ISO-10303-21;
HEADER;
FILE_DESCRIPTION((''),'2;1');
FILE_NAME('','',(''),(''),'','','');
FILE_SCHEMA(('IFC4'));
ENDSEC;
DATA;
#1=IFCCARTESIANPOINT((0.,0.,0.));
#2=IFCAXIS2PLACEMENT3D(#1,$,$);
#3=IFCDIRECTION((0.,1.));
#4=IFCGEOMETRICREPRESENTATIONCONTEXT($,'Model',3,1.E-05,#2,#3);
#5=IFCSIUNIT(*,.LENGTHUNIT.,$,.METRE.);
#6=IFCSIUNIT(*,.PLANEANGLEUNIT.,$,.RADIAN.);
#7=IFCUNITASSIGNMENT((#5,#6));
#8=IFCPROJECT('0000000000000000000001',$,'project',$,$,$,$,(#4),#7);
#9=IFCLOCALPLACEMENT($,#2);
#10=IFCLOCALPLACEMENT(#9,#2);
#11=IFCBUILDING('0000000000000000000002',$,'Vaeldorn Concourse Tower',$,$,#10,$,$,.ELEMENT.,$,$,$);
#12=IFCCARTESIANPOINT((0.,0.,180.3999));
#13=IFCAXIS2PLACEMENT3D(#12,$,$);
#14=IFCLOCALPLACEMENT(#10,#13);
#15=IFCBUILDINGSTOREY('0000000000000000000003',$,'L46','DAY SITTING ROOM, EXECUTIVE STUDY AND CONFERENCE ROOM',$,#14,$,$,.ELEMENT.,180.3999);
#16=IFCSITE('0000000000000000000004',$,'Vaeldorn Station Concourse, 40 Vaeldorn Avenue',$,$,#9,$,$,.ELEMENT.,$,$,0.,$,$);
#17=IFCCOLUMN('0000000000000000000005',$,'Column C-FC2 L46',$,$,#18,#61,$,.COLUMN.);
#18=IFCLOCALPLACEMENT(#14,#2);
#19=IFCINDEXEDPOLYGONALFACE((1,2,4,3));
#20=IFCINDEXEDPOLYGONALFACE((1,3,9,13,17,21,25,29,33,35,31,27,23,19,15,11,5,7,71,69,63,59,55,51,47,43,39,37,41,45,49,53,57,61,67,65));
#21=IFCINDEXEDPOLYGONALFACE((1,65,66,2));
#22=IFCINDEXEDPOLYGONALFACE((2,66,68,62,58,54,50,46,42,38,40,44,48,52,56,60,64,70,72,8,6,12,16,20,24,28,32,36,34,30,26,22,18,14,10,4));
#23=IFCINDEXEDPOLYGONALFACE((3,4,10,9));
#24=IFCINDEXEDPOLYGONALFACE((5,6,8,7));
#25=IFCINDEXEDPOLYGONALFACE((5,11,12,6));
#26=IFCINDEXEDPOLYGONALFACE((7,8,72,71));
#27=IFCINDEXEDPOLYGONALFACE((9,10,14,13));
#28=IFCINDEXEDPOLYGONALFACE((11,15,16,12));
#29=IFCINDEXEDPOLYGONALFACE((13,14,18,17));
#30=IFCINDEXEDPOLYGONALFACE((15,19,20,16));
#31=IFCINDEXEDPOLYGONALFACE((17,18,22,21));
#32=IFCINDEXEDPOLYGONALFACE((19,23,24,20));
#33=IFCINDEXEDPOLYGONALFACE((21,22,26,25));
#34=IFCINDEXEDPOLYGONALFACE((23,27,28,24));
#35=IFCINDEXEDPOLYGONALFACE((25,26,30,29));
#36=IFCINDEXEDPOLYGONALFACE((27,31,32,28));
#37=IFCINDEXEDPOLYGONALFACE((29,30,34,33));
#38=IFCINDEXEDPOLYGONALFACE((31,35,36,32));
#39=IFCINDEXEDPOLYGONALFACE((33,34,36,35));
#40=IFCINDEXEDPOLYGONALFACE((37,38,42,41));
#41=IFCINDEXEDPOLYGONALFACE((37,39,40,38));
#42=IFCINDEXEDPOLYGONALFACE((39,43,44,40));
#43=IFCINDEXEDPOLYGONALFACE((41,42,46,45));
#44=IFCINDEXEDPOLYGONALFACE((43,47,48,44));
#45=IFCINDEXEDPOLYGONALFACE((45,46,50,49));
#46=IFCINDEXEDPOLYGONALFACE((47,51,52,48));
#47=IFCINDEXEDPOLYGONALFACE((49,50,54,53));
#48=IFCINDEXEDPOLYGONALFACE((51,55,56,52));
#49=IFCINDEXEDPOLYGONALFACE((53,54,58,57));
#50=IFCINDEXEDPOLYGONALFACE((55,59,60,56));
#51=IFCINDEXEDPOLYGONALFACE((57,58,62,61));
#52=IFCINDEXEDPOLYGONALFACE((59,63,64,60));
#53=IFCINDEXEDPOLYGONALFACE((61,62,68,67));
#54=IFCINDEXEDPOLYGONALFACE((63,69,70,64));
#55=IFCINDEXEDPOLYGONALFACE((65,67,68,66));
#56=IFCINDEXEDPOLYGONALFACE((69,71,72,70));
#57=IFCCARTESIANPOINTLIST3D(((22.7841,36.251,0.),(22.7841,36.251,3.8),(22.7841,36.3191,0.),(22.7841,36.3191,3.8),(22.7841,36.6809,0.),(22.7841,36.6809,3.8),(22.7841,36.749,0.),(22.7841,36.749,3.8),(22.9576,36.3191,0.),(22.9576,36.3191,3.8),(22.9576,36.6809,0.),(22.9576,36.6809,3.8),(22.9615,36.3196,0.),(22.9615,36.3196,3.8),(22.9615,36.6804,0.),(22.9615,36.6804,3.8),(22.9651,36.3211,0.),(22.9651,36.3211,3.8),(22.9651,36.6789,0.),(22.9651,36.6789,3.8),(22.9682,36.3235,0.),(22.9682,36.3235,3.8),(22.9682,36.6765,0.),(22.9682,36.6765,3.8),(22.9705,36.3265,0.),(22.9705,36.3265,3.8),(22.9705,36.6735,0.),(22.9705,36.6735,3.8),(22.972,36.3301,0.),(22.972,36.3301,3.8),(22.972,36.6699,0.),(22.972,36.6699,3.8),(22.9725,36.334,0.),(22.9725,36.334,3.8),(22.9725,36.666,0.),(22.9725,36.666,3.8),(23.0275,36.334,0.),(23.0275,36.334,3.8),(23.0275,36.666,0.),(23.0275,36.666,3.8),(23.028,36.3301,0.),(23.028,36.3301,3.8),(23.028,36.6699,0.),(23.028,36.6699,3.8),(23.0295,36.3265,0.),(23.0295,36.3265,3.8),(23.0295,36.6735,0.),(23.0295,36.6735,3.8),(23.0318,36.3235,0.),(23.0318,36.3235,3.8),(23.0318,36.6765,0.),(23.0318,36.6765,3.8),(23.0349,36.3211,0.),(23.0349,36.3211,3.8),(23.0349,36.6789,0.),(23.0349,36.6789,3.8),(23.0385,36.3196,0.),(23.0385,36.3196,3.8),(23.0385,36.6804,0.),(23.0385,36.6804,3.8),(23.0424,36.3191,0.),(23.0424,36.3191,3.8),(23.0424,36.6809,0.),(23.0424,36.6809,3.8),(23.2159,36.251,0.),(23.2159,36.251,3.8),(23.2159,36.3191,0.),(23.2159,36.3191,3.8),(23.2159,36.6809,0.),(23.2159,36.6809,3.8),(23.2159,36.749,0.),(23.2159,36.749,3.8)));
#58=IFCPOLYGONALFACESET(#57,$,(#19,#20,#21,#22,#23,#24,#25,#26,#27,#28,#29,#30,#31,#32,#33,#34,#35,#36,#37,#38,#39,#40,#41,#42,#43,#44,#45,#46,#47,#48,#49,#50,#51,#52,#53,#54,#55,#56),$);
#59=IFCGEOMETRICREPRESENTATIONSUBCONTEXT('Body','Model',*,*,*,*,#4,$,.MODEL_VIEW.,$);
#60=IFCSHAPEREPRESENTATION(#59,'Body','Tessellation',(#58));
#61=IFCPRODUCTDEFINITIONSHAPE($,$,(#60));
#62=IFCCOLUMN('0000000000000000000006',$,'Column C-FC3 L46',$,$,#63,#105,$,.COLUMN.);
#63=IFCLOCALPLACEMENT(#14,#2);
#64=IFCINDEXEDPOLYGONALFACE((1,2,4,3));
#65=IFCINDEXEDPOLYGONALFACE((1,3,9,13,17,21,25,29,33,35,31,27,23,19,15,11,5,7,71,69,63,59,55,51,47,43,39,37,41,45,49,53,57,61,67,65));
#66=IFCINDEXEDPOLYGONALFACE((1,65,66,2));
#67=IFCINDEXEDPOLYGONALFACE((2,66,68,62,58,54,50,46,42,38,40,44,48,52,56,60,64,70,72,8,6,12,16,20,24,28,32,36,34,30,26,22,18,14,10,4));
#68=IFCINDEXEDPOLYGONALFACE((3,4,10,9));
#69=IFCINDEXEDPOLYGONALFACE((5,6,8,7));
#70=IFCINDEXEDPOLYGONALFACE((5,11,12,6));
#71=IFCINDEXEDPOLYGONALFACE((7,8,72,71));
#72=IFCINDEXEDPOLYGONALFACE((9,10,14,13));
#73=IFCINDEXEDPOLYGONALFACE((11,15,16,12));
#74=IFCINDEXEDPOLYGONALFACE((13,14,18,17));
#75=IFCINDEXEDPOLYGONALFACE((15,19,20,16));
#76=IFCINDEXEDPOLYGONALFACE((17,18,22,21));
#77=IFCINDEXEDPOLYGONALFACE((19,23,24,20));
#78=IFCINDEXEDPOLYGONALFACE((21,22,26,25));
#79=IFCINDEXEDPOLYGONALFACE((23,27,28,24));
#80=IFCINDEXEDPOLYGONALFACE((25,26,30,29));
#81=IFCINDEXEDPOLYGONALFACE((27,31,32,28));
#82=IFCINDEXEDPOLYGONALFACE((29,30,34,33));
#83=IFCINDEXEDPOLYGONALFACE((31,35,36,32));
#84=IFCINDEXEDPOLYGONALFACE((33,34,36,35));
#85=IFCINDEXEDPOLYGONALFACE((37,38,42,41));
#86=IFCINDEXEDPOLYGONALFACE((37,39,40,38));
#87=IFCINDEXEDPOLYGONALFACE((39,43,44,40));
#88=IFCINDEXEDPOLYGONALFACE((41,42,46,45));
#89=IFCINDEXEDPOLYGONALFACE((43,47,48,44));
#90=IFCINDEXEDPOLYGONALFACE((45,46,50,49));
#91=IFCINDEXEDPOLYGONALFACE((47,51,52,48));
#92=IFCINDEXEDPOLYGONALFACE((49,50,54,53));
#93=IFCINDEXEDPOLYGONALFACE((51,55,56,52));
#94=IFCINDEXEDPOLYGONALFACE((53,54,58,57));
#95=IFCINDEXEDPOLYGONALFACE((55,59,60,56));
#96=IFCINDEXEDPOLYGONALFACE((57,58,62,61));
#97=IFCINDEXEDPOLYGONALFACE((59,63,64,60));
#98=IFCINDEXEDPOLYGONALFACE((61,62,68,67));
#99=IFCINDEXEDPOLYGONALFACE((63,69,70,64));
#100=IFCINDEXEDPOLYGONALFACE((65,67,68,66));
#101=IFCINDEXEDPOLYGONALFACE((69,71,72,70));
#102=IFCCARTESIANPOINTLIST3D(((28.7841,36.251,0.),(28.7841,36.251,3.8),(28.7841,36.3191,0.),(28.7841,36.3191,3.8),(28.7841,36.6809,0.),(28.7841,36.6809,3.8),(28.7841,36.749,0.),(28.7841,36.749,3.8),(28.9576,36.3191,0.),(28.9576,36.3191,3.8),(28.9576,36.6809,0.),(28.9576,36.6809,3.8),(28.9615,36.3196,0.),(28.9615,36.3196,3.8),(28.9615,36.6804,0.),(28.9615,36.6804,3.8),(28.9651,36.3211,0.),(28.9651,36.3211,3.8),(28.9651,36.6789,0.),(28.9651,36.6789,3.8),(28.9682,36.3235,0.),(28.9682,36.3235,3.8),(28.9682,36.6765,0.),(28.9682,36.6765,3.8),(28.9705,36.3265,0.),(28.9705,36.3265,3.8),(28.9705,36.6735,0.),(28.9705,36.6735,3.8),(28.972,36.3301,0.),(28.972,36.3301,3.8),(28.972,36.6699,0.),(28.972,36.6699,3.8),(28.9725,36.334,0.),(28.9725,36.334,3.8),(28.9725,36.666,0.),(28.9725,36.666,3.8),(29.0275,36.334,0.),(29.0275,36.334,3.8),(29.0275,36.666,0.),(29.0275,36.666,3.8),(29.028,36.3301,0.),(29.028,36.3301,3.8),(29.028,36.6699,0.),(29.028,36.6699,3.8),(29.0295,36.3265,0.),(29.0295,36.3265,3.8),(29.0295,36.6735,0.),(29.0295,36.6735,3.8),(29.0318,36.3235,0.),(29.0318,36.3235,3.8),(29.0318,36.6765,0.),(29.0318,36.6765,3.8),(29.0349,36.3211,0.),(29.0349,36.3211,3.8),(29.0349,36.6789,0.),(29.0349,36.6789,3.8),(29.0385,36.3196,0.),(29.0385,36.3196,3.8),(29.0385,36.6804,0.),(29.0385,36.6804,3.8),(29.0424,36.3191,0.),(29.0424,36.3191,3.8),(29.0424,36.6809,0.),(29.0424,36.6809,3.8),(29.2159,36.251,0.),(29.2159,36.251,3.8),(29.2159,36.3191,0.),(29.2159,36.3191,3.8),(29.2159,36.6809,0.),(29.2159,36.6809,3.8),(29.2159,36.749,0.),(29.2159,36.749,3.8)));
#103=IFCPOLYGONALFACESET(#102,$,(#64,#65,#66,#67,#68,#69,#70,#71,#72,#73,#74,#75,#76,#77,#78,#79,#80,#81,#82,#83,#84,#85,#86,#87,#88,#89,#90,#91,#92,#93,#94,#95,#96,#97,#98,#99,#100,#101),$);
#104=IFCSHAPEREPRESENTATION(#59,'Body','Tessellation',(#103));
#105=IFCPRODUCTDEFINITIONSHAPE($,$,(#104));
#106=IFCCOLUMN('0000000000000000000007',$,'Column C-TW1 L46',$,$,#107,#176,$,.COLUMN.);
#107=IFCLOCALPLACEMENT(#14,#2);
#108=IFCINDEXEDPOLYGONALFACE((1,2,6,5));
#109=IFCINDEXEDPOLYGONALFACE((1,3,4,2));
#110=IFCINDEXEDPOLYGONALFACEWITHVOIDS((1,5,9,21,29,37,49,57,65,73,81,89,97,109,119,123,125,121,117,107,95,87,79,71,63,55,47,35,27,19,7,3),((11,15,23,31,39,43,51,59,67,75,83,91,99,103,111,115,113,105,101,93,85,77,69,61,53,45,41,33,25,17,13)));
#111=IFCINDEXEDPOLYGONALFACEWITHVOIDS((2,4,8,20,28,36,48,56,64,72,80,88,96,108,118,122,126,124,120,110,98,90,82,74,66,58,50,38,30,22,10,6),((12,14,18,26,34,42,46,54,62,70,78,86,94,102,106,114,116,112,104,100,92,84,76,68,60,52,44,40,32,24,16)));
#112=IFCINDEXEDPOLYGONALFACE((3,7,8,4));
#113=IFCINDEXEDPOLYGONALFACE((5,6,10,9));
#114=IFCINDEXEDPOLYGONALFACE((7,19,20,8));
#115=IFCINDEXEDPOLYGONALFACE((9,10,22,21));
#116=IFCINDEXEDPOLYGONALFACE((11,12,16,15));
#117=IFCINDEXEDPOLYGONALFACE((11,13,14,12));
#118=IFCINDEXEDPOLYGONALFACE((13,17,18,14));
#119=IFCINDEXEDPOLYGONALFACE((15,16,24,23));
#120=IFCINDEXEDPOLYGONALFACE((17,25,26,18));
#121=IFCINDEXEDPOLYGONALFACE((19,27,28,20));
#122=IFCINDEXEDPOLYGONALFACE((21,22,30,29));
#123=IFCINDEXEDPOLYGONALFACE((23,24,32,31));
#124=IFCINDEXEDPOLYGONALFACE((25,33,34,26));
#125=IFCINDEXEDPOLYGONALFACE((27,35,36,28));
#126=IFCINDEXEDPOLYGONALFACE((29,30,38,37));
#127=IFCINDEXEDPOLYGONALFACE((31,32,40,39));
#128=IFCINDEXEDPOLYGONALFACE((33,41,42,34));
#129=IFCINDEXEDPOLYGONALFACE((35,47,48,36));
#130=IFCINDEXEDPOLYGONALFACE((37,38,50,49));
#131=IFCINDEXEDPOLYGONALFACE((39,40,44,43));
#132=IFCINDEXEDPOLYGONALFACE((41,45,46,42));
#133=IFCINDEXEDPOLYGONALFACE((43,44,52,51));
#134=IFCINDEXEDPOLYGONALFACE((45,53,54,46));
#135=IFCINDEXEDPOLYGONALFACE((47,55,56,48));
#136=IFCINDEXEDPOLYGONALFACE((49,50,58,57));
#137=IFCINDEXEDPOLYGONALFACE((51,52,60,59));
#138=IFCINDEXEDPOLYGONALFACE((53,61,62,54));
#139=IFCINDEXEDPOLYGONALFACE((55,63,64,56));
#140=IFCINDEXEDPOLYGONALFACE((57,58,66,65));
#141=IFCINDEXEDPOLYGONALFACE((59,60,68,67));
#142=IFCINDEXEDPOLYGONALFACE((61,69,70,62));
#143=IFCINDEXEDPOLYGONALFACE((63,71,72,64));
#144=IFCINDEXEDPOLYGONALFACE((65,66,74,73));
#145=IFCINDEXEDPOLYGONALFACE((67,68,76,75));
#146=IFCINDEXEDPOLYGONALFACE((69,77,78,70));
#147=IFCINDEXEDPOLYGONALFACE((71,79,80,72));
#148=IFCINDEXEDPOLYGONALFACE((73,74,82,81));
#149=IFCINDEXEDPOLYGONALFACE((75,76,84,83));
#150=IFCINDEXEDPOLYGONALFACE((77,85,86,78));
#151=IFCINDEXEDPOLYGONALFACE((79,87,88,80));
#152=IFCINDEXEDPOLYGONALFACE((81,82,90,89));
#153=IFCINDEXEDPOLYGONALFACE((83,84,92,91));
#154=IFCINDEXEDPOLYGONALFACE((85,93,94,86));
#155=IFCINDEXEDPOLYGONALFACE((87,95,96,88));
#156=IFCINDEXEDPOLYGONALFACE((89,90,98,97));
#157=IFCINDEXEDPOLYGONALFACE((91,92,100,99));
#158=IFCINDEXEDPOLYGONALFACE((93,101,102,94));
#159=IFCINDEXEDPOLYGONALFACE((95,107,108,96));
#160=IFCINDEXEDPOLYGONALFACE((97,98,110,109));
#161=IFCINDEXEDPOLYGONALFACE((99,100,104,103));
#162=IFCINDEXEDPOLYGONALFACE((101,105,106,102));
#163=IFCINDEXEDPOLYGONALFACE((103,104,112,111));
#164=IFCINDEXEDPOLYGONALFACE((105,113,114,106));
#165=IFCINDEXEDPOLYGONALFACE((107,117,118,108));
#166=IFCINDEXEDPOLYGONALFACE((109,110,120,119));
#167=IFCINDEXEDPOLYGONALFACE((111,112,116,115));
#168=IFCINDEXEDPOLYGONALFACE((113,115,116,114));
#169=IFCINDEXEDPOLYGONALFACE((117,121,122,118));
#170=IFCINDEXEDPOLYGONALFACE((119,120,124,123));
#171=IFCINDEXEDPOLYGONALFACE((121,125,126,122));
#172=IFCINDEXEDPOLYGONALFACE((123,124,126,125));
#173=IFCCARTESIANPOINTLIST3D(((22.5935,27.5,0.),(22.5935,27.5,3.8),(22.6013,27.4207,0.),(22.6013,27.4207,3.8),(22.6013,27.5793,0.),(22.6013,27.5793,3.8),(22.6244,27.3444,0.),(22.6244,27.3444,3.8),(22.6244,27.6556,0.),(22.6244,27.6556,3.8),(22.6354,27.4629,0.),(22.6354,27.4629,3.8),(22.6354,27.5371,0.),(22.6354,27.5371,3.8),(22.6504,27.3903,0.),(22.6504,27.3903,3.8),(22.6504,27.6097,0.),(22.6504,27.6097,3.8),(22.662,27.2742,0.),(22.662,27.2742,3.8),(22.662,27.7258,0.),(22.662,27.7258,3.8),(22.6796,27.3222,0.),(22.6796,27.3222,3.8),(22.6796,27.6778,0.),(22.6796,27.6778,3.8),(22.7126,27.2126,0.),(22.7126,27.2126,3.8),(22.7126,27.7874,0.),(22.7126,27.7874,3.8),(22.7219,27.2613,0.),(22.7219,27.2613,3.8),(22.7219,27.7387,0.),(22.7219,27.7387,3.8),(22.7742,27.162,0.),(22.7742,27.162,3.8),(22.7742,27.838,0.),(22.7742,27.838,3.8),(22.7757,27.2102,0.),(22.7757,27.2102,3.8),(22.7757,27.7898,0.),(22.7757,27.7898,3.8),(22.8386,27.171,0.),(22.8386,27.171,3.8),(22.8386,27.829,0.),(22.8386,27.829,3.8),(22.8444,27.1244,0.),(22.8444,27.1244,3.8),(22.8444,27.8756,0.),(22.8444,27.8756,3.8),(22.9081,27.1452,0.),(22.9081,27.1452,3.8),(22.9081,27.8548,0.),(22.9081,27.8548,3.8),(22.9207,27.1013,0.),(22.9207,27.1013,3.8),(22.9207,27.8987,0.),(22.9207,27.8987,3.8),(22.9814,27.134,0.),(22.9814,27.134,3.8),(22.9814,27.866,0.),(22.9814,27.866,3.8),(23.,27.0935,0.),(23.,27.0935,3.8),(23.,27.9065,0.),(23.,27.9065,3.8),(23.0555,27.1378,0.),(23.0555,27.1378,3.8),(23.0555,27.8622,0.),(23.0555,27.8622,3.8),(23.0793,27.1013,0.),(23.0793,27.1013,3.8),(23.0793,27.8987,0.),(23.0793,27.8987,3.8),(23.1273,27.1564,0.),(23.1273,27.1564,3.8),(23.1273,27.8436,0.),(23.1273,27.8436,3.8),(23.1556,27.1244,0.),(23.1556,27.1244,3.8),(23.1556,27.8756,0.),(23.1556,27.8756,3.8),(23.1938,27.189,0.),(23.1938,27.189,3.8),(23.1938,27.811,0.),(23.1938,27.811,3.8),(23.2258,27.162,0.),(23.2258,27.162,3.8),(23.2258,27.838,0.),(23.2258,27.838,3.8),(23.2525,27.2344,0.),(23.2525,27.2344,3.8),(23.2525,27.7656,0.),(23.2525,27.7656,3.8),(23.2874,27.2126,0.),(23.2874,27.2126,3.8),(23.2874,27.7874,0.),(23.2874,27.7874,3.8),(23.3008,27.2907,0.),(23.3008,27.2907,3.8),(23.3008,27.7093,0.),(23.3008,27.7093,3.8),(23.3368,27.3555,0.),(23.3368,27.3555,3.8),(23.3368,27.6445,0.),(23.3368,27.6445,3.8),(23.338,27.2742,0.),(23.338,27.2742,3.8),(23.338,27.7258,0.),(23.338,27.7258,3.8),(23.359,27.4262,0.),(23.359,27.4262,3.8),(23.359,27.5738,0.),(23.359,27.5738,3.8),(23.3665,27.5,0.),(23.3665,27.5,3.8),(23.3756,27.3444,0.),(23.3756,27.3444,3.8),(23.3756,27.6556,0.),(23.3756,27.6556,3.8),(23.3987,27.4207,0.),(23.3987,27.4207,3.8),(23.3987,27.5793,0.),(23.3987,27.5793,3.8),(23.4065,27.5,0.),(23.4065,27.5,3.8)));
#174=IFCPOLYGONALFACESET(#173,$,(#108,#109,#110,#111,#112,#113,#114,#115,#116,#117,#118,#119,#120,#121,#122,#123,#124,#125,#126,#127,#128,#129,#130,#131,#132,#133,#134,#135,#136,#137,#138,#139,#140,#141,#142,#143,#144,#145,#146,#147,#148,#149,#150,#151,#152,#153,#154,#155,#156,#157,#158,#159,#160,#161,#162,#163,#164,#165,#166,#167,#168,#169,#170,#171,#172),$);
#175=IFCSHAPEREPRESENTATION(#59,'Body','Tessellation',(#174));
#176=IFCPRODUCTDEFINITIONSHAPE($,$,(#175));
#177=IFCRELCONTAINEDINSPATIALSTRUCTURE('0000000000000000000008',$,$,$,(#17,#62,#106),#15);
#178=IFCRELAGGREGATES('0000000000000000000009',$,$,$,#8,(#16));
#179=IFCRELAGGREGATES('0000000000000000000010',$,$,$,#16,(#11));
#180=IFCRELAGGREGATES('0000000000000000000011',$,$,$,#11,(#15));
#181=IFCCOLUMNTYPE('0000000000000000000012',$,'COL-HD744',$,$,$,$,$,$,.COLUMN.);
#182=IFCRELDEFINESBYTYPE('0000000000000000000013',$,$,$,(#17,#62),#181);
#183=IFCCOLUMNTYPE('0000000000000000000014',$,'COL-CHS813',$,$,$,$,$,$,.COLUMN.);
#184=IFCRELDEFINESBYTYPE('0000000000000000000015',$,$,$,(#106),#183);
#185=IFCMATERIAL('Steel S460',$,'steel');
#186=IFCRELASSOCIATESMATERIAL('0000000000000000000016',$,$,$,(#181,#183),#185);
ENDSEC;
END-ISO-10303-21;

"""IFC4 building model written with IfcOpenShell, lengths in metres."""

from ifc_helpers import new_model, si_unit, direction, frame, origin, origin_2d, place, context, subcontext, project, spatial, hollow_circle, i_section, extrude, source, transform, mapped, material, material_profile, profile_set, type_object, element, save


model = new_model("IFC4")

# Units and contexts
model_context = context("Model", 3, precision=1e-05, world=origin(), true_north=direction((0.0, 1.0)))
body_context = subcontext(model_context, "Body", "Model", "MODEL_VIEW")
ifc_project = project(units=[si_unit("LENGTHUNIT", "METRE"), si_unit("PLANEANGLEUNIT", "RADIAN")], contexts=[model_context])

# Site, building, storey
site_placement = place(None, origin())
site = spatial("IfcSite", under=ifc_project, at=site_placement, Name="Vaeldorn Station Concourse, 40 Vaeldorn Avenue", CompositionType="ELEMENT", RefElevation=0.0)
building_placement = place(site_placement, origin())
building = spatial("IfcBuilding", under=site, at=building_placement, Name="Vaeldorn Concourse Tower", CompositionType="ELEMENT")
storey_placement = place(building_placement, frame((0.0, 0.0, 180.3999)))
storey = spatial("IfcBuildingStorey", under=building, at=storey_placement, Name="L46", Description="DAY SITTING ROOM, EXECUTIVE STUDY AND CONFERENCE ROOM", CompositionType="ELEMENT", Elevation=180.3999)

# Columns
ifc_material_1 = material(Name="Steel S460", Category="steel")
ifc_material_profile_1 = material_profile(ifc_material_1, i_section(OverallWidth=0.4319, OverallDepth=0.498, WebThickness=0.0549, FlangeThickness=0.0681, FilletRadius=0.0149, at=origin_2d()), Name="HD 400x744")
ifc_profile_set_1 = profile_set([ifc_material_profile_1], Name="Steel S460")
column_type_1 = type_object("IfcColumnType", Name="COL-HD744", PredefinedType="COLUMN", material=ifc_profile_set_1)
shared_shape_1 = source(origin(), body_context, "Body", "SweptSolid", [
    extrude(i_section(OverallWidth=0.4319, OverallDepth=0.498, WebThickness=0.0549, FlangeThickness=0.0681, FilletRadius=0.0149, at=origin_2d()), origin(), (0.0, 0.0, 1.0), 3.8),
])
for number, where, z_axis, x_axis, name in (
    (1, (23.0, 36.5, 0.0), (0.0, 0.0, 1.0), (1.0, 0.0, 0.0), "Column C-FC2 L46"),
    (2, (29.0, 36.5, 0.0), (0.0, 0.0, 1.0), (1.0, 0.0, 0.0), "Column C-FC3 L46"),
):
    element("IfcColumn", number, at=place(storey_placement, frame(where, z_axis=z_axis, x_axis=x_axis)), inside=storey, type_object=column_type_1, Name=name, PredefinedType="COLUMN", context=body_context, shape_type="MappedRepresentation", body=[
        mapped(shared_shape_1, transform((0.0, 0.0, 0.0), scale=1.0)),
    ])
ifc_material_profile_2 = material_profile(ifc_material_1, hollow_circle(Radius=0.4065, WallThickness=0.04, at=origin_2d()), Name="CHS 813x40")
ifc_profile_set_2 = profile_set([ifc_material_profile_2], Name="Steel S460")
column_type_2 = type_object("IfcColumnType", Name="COL-CHS813", PredefinedType="COLUMN", material=ifc_profile_set_2)
shared_shape_2 = source(origin(), body_context, "Body", "SweptSolid", [
    extrude(hollow_circle(Radius=0.4065, WallThickness=0.04, at=origin_2d()), origin(), (0.0, 0.0, 1.0), 3.8),
])
column_1_placement = place(storey_placement, frame((23.0, 27.5, 0.0), z_axis=(0.0, 0.0, 1.0), x_axis=(1.0, 0.0, 0.0)))
element("IfcColumn", 3, at=column_1_placement, inside=storey, type_object=column_type_2, Name="Column C-TW1 L46", PredefinedType="COLUMN", context=body_context, shape_type="MappedRepresentation", body=[
    mapped(shared_shape_2, transform((0.0, 0.0, 0.0), scale=1.0)),
])

save(model, "model.ifc")
